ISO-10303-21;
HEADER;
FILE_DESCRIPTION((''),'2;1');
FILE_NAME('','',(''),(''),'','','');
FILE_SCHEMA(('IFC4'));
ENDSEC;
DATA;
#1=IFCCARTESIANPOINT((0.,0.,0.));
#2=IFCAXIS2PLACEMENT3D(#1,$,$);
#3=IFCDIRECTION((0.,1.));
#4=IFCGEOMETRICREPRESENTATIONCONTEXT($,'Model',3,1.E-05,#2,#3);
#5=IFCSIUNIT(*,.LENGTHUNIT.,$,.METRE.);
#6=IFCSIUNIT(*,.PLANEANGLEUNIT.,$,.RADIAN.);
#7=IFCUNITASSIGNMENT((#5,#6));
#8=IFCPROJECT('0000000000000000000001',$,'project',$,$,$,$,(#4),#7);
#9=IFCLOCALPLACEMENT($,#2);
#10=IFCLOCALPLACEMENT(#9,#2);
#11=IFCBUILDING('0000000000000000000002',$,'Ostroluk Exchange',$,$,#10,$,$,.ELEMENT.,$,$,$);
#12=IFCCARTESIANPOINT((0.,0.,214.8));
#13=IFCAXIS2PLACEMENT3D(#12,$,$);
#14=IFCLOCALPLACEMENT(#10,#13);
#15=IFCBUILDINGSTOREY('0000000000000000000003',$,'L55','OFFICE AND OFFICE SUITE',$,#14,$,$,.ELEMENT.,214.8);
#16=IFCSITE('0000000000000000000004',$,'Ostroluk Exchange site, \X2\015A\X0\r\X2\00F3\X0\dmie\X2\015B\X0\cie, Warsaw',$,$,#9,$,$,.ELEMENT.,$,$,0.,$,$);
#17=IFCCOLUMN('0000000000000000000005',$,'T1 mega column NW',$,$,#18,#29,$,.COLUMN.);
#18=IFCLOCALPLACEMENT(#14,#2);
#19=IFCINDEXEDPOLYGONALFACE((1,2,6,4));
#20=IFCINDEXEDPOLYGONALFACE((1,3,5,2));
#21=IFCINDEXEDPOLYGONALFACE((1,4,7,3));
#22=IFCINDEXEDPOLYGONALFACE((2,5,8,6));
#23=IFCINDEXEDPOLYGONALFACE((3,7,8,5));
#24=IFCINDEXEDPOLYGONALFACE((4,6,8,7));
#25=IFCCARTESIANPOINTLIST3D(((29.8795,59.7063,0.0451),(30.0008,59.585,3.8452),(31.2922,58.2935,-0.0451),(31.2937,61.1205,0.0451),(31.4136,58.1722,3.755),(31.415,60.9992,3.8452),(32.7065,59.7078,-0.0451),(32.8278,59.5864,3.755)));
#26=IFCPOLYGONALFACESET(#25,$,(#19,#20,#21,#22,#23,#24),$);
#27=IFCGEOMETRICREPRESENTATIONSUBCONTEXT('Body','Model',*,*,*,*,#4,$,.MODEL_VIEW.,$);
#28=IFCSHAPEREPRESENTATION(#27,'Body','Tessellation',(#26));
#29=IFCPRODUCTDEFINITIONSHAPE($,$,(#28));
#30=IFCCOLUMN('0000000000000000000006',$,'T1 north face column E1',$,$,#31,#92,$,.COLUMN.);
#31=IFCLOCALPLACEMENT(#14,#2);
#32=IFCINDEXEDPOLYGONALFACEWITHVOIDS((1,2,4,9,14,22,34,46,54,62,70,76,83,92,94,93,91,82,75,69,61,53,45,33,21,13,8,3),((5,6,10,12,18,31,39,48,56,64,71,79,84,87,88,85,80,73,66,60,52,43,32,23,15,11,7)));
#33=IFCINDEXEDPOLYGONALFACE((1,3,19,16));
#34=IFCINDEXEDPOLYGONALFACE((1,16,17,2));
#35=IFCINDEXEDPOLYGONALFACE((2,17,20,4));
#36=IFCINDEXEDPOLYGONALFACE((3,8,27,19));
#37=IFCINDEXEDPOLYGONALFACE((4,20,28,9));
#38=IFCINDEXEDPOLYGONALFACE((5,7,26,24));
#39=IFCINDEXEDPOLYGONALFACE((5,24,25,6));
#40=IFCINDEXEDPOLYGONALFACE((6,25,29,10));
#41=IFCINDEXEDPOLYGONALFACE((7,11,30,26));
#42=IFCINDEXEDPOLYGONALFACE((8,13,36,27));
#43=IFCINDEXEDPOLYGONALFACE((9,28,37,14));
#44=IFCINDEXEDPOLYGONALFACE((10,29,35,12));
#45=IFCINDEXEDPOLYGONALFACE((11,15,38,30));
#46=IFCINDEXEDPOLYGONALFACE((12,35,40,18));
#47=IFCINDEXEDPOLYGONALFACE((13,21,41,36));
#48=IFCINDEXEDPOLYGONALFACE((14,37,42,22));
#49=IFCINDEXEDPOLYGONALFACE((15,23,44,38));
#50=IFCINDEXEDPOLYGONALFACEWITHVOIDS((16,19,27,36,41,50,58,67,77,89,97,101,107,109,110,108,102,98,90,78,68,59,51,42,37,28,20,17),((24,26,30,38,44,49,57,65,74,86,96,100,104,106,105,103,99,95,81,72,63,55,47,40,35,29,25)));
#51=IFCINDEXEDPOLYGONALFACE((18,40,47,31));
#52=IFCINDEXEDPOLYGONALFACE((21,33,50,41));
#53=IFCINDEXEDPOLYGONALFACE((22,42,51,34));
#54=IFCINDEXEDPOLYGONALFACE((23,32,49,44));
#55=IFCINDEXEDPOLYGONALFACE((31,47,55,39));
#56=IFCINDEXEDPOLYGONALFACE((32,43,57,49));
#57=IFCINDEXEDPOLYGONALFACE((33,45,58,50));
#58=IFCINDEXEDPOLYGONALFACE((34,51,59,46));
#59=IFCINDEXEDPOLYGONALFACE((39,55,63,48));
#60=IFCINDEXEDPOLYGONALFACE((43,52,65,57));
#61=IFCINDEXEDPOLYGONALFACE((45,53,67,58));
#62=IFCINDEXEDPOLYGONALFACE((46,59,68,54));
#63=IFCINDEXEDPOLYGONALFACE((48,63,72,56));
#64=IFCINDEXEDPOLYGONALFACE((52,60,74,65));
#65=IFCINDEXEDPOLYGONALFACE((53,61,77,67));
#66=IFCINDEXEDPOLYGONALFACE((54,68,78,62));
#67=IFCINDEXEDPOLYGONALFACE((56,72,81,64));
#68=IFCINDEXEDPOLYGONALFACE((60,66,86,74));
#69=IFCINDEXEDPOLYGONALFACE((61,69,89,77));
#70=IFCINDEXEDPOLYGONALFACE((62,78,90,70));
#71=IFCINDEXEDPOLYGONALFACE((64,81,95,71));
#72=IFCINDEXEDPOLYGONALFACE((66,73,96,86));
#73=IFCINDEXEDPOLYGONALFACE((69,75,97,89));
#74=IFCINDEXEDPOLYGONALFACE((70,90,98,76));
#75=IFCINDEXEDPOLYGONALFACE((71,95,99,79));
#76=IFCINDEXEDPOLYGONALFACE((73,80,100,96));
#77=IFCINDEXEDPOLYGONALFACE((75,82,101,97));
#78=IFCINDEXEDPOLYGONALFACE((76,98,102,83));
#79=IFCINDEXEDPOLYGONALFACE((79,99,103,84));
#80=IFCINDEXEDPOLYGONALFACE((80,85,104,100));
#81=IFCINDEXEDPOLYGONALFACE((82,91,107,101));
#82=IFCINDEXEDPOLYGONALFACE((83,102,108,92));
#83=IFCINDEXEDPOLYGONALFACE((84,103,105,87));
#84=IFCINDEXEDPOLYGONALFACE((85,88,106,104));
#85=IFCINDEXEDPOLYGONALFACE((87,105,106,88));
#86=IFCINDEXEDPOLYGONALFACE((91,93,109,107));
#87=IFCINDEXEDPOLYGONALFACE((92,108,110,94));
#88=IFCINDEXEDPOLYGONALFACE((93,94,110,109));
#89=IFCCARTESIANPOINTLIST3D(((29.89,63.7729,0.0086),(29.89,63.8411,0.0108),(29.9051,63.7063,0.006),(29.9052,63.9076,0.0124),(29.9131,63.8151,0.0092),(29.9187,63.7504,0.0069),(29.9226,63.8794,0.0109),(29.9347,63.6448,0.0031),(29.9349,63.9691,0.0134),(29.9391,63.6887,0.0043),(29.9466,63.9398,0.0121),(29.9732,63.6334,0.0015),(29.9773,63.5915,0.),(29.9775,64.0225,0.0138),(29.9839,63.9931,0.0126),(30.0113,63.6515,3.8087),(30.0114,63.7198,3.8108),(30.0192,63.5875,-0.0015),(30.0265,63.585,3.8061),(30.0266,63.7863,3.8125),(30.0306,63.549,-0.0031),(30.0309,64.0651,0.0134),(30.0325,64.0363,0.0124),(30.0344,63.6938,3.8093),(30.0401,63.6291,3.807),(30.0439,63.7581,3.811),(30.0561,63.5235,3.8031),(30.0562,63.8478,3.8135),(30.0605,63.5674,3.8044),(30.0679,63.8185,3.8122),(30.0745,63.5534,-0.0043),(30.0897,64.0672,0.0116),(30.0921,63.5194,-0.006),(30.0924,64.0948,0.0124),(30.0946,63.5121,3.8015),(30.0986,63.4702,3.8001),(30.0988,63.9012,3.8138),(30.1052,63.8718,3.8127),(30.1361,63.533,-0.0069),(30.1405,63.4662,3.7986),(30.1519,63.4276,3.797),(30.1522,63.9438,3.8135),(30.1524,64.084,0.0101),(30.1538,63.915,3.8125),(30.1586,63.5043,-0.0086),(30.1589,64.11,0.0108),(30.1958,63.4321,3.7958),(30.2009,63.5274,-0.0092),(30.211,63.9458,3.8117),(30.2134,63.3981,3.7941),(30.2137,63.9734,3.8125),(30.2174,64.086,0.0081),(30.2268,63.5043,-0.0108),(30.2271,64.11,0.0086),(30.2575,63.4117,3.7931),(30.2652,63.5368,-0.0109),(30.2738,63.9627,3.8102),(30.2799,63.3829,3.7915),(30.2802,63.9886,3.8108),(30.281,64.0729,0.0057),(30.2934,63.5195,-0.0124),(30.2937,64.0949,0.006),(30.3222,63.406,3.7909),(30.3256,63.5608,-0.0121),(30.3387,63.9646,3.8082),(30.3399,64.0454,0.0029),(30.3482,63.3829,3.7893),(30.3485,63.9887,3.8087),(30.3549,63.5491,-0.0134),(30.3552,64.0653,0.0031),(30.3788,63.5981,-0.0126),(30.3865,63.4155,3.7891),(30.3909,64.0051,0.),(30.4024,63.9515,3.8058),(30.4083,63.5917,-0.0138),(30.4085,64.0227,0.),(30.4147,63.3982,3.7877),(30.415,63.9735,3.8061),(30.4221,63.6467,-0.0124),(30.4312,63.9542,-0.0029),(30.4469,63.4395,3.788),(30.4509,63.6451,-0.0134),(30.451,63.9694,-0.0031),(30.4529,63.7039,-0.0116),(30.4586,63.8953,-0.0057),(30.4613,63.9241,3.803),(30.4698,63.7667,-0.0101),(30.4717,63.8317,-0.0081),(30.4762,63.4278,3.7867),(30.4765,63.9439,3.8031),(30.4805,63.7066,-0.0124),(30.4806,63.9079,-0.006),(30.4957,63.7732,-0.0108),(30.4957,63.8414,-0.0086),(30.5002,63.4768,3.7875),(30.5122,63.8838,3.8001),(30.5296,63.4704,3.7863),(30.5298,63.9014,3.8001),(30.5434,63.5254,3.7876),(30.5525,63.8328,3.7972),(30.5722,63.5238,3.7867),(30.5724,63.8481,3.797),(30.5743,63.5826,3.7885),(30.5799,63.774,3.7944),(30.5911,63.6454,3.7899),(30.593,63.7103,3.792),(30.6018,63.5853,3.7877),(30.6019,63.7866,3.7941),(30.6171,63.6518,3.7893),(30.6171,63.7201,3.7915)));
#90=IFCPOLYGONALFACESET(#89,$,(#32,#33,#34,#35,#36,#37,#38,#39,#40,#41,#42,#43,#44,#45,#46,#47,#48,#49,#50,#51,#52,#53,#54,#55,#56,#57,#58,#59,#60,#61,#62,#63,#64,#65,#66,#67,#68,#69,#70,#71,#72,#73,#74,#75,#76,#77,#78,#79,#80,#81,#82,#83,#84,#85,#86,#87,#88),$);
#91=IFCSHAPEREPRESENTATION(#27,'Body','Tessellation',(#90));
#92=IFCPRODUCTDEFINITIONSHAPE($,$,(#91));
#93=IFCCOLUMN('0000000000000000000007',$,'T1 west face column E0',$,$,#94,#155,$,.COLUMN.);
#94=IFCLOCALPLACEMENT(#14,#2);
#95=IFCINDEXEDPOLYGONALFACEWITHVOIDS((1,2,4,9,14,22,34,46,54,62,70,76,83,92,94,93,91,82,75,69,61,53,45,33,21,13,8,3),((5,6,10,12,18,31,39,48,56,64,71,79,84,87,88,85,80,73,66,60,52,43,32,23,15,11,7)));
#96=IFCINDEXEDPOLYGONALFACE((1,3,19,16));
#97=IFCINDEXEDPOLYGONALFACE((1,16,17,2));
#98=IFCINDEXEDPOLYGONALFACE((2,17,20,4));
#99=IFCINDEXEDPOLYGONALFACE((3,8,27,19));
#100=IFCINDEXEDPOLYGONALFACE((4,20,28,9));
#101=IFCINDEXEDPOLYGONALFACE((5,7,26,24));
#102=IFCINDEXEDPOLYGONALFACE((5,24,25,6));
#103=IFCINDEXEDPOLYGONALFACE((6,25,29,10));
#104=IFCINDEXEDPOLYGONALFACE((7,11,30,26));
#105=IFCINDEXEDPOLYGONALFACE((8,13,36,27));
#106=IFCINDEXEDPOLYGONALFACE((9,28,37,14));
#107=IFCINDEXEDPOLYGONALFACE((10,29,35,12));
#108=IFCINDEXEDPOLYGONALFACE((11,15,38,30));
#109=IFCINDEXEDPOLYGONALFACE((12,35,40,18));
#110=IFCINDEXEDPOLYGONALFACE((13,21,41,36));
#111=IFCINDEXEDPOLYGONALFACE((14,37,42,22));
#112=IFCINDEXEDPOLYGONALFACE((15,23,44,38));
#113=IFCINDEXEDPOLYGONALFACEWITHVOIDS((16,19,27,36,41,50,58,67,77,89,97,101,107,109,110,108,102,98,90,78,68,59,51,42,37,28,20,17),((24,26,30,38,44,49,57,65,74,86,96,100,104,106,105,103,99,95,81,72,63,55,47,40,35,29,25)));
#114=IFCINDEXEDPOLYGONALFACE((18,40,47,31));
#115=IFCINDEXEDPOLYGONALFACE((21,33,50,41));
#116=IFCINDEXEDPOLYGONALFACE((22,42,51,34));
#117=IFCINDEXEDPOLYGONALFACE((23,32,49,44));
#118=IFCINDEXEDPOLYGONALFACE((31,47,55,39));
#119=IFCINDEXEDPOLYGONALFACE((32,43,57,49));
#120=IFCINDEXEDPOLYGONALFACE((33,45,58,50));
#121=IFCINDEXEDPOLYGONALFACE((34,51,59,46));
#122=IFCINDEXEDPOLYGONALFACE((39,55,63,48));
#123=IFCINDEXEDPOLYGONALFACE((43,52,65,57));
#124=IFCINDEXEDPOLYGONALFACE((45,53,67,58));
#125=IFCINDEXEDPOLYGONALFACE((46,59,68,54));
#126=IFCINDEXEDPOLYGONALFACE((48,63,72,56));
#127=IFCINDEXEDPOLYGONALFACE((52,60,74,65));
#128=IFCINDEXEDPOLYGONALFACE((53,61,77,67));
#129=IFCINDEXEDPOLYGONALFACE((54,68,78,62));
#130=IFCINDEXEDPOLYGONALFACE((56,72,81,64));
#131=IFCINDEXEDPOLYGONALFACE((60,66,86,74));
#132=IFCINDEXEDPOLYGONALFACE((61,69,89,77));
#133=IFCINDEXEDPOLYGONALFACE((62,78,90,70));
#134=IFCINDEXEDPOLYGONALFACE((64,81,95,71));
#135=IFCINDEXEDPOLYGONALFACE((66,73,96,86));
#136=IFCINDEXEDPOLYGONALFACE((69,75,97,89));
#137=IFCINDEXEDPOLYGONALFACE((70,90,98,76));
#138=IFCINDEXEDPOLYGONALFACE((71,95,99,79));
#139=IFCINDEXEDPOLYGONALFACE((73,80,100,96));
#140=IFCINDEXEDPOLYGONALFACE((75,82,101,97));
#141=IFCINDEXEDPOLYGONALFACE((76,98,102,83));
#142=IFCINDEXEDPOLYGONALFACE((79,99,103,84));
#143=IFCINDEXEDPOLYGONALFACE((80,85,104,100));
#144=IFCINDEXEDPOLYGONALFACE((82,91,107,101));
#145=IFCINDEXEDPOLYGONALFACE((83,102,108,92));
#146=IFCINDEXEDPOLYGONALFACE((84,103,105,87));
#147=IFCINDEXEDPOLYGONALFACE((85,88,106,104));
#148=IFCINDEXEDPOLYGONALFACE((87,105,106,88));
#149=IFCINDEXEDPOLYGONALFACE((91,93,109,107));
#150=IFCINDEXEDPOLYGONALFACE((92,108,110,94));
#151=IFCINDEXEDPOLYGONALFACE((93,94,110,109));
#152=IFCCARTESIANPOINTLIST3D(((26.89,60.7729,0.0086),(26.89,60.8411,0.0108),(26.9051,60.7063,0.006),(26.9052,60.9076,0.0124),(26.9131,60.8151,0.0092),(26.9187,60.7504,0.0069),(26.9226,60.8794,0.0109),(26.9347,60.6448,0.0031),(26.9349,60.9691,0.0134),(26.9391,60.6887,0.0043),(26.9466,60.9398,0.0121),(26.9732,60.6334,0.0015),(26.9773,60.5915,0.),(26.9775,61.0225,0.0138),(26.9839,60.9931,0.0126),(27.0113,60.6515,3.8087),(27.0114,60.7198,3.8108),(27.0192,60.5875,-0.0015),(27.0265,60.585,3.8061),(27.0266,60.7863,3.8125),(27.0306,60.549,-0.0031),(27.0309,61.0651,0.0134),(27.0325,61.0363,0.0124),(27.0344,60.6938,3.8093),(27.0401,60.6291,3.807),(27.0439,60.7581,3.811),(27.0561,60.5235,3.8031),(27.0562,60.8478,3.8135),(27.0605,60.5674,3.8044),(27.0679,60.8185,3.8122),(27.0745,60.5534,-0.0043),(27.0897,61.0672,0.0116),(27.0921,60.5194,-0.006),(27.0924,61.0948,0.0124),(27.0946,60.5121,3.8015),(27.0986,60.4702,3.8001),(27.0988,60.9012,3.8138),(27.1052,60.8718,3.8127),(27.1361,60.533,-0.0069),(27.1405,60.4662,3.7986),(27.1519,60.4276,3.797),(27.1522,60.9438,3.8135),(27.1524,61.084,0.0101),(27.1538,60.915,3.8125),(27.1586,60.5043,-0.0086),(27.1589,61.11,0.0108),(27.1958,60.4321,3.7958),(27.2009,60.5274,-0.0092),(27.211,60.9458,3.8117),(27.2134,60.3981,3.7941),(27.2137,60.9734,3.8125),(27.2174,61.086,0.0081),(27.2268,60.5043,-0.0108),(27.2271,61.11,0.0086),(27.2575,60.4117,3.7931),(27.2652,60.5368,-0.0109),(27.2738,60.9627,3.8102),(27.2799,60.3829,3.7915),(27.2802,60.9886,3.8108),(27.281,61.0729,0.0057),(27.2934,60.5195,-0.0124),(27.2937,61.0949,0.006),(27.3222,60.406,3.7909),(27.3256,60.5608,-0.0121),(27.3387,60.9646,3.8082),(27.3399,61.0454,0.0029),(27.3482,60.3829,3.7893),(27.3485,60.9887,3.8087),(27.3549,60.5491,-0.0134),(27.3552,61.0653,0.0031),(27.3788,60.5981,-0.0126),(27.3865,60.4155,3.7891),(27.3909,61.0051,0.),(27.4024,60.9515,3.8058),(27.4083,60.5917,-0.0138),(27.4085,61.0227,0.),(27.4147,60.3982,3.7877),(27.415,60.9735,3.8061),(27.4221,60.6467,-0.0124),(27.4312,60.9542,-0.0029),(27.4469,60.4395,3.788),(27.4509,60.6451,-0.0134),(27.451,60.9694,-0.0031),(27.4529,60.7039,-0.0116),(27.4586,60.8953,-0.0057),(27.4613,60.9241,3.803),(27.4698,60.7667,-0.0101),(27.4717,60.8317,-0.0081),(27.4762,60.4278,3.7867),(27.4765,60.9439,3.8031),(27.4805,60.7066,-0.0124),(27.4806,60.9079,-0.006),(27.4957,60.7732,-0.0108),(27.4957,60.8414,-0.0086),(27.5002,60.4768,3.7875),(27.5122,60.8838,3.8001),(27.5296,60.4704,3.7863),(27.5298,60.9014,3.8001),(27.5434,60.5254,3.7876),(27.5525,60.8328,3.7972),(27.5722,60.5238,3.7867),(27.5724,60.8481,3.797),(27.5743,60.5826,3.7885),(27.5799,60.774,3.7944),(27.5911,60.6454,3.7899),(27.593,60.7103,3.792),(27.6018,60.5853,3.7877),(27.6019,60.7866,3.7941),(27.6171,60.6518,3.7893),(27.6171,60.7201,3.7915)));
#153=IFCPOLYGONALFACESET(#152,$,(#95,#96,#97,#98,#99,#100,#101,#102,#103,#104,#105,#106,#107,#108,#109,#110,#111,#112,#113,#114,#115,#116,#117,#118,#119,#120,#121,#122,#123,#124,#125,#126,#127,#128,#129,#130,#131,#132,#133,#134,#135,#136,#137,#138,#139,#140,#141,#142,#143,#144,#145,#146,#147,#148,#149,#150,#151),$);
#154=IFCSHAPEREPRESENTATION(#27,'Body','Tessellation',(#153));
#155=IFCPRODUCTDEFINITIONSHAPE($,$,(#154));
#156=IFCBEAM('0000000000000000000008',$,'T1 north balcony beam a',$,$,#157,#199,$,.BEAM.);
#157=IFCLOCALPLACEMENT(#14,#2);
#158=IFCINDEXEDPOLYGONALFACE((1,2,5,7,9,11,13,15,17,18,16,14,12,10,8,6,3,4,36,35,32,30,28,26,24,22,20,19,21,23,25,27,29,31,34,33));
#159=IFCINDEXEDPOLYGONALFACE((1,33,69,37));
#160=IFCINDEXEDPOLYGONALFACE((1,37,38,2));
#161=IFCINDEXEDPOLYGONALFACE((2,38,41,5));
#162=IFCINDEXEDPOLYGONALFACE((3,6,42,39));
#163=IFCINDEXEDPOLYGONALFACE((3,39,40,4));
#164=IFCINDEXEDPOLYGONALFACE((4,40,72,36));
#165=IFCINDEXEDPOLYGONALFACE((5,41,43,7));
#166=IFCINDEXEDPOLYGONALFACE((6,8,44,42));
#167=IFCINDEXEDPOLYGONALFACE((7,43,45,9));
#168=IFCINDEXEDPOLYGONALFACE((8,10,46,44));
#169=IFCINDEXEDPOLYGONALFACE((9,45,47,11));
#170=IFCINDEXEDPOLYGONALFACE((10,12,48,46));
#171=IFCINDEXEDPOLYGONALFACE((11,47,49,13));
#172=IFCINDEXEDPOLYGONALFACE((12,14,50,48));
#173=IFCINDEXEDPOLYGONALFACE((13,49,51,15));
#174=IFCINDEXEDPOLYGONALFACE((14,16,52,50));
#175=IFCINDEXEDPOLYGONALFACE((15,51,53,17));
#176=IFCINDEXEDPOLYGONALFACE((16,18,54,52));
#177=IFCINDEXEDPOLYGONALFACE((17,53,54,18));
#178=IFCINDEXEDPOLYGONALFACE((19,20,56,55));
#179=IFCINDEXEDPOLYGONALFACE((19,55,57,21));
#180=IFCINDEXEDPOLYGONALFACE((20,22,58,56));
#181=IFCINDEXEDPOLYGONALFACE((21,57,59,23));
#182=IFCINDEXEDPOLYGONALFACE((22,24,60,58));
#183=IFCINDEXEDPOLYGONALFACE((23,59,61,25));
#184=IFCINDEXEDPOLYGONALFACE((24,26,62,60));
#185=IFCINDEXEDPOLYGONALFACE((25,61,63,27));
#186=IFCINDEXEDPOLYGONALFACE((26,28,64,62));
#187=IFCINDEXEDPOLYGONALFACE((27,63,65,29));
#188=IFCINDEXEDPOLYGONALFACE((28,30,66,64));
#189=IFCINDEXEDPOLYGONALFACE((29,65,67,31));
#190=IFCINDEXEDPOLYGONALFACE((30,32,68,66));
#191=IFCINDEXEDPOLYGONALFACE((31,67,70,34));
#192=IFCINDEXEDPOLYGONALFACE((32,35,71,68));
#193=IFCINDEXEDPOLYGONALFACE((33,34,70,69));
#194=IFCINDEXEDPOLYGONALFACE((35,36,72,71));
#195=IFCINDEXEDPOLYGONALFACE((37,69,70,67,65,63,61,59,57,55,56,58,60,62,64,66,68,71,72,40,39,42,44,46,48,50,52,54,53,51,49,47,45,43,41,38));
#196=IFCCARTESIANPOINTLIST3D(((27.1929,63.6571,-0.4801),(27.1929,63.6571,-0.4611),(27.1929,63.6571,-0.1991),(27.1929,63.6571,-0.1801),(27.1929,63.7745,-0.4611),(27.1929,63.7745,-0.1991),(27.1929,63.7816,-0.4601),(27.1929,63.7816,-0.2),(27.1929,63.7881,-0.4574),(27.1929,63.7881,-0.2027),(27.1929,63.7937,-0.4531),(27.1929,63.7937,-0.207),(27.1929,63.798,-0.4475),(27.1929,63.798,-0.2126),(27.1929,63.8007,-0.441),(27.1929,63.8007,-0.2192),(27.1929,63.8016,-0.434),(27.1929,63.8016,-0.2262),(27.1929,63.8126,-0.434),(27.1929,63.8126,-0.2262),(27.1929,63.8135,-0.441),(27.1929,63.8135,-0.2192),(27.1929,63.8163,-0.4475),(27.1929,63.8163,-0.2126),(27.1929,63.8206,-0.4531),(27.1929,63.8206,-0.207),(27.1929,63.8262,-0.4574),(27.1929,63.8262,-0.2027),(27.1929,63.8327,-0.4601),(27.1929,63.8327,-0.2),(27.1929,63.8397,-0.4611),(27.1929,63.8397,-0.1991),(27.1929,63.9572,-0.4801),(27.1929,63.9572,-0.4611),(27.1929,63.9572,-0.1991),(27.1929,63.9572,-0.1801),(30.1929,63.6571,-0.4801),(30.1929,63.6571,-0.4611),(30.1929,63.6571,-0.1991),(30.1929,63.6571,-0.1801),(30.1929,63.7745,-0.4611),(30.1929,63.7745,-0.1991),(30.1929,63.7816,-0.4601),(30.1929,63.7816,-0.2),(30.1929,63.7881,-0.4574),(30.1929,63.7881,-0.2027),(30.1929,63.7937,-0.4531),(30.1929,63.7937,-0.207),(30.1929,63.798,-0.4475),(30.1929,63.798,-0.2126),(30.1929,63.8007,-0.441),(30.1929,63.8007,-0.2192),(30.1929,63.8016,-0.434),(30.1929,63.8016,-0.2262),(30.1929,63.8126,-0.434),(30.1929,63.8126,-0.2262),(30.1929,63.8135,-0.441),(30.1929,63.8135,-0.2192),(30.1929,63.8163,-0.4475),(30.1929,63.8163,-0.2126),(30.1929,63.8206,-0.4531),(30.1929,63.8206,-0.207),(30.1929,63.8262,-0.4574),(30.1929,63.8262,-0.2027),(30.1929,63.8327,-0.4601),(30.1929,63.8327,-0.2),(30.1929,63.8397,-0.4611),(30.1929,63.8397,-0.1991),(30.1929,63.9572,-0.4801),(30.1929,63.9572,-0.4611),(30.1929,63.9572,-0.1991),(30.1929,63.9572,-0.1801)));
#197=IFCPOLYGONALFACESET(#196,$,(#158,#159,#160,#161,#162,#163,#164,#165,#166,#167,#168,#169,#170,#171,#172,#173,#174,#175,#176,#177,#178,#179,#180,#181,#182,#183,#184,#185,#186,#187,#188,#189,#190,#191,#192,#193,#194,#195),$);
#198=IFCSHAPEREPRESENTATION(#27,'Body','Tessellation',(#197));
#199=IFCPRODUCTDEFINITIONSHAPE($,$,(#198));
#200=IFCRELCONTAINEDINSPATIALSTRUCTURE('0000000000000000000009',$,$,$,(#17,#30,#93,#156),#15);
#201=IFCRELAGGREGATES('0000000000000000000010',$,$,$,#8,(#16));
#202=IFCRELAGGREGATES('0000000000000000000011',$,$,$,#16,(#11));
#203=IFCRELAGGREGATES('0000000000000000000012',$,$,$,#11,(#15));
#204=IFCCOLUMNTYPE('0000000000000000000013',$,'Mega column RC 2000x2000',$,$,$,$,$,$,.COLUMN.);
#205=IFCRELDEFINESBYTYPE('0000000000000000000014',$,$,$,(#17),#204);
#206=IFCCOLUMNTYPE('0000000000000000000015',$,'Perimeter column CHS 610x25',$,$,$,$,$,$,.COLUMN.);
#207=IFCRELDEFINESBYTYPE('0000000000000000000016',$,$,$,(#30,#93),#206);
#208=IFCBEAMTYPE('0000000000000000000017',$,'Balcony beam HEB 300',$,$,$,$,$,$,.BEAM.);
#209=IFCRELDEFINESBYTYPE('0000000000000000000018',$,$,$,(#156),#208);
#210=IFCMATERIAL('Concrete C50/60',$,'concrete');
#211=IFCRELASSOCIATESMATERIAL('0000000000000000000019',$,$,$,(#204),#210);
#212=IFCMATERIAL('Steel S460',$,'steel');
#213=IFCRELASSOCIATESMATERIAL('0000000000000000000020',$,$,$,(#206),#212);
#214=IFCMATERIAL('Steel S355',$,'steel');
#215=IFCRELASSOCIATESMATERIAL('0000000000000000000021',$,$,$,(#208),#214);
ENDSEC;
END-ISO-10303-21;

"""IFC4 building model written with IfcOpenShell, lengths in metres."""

from ifc_helpers import new_model, si_unit, direction, frame, origin, origin_2d, place, context, subcontext, project, spatial, rectangle, hollow_circle, i_section, extrude, material, material_profile, profile_set, type_object, element, save


model = new_model("IFC4")

# Units and contexts
model_context = context("Model", 3, precision=1e-05, world=origin(), true_north=direction((0.0, 1.0)))
body_context = subcontext(model_context, "Body", "Model", "MODEL_VIEW")
ifc_project = project(units=[si_unit("LENGTHUNIT", "METRE"), si_unit("PLANEANGLEUNIT", "RADIAN")], contexts=[model_context])

# Site, building, storey
site_placement = place(None, origin())
site = spatial("IfcSite", under=ifc_project, at=site_placement, Name="Ostroluk Exchange site, Śródmieście, Warsaw", CompositionType="ELEMENT", RefElevation=0.0)
building_placement = place(site_placement, origin())
building = spatial("IfcBuilding", under=site, at=building_placement, Name="Ostroluk Exchange", CompositionType="ELEMENT")
storey_placement = place(building_placement, frame((0.0, 0.0, 214.8)))
storey = spatial("IfcBuildingStorey", under=building, at=storey_placement, Name="L55", Description="OFFICE AND OFFICE SUITE", CompositionType="ELEMENT", Elevation=214.8)

# Columns
ifc_material_1 = material(Name="Concrete C50/60", Category="concrete")
ifc_material_profile_1 = material_profile(ifc_material_1, rectangle(XDim=2.0, YDim=2.0, at=origin_2d()), Name="RC 2000x2000")
ifc_profile_set_1 = profile_set([ifc_material_profile_1], Name="Concrete C50/60")
column_type_1 = type_object("IfcColumnType", Name="Mega column RC 2000x2000", PredefinedType="COLUMN", material=ifc_profile_set_1)
column_placement = place(storey_placement, frame((31.293, 59.707, 0.0), z_axis=(0.031898, -0.031898, 0.998982), x_axis=(0.707107, 0.707107, 0.0)))
element("IfcColumn", 1, at=column_placement, inside=storey, type_object=column_type_1, Name="T1 mega column NW", PredefinedType="COLUMN", context=body_context, shape_type="SweptSolid", body=[
    extrude(rectangle(XDim=2.0, YDim=2.0, at=origin_2d()), origin(), (0.0, 0.0, 1.0), 3.804),
])
ifc_material_2 = material(Name="Steel S460", Category="steel")
ifc_material_profile_2 = material_profile(ifc_material_2, hollow_circle(Radius=0.3049, WallThickness=0.0249, at=origin_2d()), Name="CHS 610x25")
ifc_profile_set_2 = profile_set([ifc_material_profile_2], Name="Steel S460")
column_type_2 = type_object("IfcColumnType", Name="Perimeter column CHS 610x25", PredefinedType="COLUMN", material=ifc_profile_set_2)
for number, where, z_axis, x_axis, name in (
    (2, (30.1929, 63.8071, 0.0), (0.031898, -0.031898, 0.998982), (0.707107, 0.707107, 0.0), "T1 north face column E1"),
    (3, (27.1929, 60.8071, 0.0), (0.031898, -0.031898, 0.998982), (0.707107, 0.707107, 0.0), "T1 west face column E0"),
):
    element("IfcColumn", number, at=place(storey_placement, frame(where, z_axis=z_axis, x_axis=x_axis)), inside=storey, type_object=column_type_2, Name=name, PredefinedType="COLUMN", context=body_context, shape_type="SweptSolid", body=[
        extrude(hollow_circle(Radius=0.3049, WallThickness=0.0249, at=origin_2d()), origin(), (0.0, 0.0, 1.0), 3.804),
    ])

# Beam
ifc_material_3 = material(Name="Steel S355", Category="steel")
ifc_material_profile_3 = material_profile(ifc_material_3, i_section(OverallWidth=0.3, OverallDepth=0.3, WebThickness=0.011, FlangeThickness=0.019, FilletRadius=0.0271, at=origin_2d()), Name="HEB 300")
ifc_profile_set_3 = profile_set([ifc_material_profile_3], Name="Steel S355")
beam_type_1 = type_object("IfcBeamType", Name="Balcony beam HEB 300", PredefinedType="BEAM", material=ifc_profile_set_3)
for number, where, z_axis, x_axis, name in (
    (4, (30.1929, 63.8071, -0.3301), (-1.0, 0.0, 0.0), (0.0, -1.0, 0.0), "T1 north balcony beam a"),
):
    element("IfcBeam", number, at=place(storey_placement, frame(where, z_axis=z_axis, x_axis=x_axis)), inside=storey, type_object=beam_type_1, Name=name, PredefinedType="BEAM", context=body_context, shape_type="SweptSolid", body=[
        extrude(i_section(OverallWidth=0.3, OverallDepth=0.3, WebThickness=0.011, FlangeThickness=0.019, FilletRadius=0.0271, at=origin_2d()), origin(), (0.0, 0.0, 1.0), 3.0),
    ])

save(model, "model.ifc")
